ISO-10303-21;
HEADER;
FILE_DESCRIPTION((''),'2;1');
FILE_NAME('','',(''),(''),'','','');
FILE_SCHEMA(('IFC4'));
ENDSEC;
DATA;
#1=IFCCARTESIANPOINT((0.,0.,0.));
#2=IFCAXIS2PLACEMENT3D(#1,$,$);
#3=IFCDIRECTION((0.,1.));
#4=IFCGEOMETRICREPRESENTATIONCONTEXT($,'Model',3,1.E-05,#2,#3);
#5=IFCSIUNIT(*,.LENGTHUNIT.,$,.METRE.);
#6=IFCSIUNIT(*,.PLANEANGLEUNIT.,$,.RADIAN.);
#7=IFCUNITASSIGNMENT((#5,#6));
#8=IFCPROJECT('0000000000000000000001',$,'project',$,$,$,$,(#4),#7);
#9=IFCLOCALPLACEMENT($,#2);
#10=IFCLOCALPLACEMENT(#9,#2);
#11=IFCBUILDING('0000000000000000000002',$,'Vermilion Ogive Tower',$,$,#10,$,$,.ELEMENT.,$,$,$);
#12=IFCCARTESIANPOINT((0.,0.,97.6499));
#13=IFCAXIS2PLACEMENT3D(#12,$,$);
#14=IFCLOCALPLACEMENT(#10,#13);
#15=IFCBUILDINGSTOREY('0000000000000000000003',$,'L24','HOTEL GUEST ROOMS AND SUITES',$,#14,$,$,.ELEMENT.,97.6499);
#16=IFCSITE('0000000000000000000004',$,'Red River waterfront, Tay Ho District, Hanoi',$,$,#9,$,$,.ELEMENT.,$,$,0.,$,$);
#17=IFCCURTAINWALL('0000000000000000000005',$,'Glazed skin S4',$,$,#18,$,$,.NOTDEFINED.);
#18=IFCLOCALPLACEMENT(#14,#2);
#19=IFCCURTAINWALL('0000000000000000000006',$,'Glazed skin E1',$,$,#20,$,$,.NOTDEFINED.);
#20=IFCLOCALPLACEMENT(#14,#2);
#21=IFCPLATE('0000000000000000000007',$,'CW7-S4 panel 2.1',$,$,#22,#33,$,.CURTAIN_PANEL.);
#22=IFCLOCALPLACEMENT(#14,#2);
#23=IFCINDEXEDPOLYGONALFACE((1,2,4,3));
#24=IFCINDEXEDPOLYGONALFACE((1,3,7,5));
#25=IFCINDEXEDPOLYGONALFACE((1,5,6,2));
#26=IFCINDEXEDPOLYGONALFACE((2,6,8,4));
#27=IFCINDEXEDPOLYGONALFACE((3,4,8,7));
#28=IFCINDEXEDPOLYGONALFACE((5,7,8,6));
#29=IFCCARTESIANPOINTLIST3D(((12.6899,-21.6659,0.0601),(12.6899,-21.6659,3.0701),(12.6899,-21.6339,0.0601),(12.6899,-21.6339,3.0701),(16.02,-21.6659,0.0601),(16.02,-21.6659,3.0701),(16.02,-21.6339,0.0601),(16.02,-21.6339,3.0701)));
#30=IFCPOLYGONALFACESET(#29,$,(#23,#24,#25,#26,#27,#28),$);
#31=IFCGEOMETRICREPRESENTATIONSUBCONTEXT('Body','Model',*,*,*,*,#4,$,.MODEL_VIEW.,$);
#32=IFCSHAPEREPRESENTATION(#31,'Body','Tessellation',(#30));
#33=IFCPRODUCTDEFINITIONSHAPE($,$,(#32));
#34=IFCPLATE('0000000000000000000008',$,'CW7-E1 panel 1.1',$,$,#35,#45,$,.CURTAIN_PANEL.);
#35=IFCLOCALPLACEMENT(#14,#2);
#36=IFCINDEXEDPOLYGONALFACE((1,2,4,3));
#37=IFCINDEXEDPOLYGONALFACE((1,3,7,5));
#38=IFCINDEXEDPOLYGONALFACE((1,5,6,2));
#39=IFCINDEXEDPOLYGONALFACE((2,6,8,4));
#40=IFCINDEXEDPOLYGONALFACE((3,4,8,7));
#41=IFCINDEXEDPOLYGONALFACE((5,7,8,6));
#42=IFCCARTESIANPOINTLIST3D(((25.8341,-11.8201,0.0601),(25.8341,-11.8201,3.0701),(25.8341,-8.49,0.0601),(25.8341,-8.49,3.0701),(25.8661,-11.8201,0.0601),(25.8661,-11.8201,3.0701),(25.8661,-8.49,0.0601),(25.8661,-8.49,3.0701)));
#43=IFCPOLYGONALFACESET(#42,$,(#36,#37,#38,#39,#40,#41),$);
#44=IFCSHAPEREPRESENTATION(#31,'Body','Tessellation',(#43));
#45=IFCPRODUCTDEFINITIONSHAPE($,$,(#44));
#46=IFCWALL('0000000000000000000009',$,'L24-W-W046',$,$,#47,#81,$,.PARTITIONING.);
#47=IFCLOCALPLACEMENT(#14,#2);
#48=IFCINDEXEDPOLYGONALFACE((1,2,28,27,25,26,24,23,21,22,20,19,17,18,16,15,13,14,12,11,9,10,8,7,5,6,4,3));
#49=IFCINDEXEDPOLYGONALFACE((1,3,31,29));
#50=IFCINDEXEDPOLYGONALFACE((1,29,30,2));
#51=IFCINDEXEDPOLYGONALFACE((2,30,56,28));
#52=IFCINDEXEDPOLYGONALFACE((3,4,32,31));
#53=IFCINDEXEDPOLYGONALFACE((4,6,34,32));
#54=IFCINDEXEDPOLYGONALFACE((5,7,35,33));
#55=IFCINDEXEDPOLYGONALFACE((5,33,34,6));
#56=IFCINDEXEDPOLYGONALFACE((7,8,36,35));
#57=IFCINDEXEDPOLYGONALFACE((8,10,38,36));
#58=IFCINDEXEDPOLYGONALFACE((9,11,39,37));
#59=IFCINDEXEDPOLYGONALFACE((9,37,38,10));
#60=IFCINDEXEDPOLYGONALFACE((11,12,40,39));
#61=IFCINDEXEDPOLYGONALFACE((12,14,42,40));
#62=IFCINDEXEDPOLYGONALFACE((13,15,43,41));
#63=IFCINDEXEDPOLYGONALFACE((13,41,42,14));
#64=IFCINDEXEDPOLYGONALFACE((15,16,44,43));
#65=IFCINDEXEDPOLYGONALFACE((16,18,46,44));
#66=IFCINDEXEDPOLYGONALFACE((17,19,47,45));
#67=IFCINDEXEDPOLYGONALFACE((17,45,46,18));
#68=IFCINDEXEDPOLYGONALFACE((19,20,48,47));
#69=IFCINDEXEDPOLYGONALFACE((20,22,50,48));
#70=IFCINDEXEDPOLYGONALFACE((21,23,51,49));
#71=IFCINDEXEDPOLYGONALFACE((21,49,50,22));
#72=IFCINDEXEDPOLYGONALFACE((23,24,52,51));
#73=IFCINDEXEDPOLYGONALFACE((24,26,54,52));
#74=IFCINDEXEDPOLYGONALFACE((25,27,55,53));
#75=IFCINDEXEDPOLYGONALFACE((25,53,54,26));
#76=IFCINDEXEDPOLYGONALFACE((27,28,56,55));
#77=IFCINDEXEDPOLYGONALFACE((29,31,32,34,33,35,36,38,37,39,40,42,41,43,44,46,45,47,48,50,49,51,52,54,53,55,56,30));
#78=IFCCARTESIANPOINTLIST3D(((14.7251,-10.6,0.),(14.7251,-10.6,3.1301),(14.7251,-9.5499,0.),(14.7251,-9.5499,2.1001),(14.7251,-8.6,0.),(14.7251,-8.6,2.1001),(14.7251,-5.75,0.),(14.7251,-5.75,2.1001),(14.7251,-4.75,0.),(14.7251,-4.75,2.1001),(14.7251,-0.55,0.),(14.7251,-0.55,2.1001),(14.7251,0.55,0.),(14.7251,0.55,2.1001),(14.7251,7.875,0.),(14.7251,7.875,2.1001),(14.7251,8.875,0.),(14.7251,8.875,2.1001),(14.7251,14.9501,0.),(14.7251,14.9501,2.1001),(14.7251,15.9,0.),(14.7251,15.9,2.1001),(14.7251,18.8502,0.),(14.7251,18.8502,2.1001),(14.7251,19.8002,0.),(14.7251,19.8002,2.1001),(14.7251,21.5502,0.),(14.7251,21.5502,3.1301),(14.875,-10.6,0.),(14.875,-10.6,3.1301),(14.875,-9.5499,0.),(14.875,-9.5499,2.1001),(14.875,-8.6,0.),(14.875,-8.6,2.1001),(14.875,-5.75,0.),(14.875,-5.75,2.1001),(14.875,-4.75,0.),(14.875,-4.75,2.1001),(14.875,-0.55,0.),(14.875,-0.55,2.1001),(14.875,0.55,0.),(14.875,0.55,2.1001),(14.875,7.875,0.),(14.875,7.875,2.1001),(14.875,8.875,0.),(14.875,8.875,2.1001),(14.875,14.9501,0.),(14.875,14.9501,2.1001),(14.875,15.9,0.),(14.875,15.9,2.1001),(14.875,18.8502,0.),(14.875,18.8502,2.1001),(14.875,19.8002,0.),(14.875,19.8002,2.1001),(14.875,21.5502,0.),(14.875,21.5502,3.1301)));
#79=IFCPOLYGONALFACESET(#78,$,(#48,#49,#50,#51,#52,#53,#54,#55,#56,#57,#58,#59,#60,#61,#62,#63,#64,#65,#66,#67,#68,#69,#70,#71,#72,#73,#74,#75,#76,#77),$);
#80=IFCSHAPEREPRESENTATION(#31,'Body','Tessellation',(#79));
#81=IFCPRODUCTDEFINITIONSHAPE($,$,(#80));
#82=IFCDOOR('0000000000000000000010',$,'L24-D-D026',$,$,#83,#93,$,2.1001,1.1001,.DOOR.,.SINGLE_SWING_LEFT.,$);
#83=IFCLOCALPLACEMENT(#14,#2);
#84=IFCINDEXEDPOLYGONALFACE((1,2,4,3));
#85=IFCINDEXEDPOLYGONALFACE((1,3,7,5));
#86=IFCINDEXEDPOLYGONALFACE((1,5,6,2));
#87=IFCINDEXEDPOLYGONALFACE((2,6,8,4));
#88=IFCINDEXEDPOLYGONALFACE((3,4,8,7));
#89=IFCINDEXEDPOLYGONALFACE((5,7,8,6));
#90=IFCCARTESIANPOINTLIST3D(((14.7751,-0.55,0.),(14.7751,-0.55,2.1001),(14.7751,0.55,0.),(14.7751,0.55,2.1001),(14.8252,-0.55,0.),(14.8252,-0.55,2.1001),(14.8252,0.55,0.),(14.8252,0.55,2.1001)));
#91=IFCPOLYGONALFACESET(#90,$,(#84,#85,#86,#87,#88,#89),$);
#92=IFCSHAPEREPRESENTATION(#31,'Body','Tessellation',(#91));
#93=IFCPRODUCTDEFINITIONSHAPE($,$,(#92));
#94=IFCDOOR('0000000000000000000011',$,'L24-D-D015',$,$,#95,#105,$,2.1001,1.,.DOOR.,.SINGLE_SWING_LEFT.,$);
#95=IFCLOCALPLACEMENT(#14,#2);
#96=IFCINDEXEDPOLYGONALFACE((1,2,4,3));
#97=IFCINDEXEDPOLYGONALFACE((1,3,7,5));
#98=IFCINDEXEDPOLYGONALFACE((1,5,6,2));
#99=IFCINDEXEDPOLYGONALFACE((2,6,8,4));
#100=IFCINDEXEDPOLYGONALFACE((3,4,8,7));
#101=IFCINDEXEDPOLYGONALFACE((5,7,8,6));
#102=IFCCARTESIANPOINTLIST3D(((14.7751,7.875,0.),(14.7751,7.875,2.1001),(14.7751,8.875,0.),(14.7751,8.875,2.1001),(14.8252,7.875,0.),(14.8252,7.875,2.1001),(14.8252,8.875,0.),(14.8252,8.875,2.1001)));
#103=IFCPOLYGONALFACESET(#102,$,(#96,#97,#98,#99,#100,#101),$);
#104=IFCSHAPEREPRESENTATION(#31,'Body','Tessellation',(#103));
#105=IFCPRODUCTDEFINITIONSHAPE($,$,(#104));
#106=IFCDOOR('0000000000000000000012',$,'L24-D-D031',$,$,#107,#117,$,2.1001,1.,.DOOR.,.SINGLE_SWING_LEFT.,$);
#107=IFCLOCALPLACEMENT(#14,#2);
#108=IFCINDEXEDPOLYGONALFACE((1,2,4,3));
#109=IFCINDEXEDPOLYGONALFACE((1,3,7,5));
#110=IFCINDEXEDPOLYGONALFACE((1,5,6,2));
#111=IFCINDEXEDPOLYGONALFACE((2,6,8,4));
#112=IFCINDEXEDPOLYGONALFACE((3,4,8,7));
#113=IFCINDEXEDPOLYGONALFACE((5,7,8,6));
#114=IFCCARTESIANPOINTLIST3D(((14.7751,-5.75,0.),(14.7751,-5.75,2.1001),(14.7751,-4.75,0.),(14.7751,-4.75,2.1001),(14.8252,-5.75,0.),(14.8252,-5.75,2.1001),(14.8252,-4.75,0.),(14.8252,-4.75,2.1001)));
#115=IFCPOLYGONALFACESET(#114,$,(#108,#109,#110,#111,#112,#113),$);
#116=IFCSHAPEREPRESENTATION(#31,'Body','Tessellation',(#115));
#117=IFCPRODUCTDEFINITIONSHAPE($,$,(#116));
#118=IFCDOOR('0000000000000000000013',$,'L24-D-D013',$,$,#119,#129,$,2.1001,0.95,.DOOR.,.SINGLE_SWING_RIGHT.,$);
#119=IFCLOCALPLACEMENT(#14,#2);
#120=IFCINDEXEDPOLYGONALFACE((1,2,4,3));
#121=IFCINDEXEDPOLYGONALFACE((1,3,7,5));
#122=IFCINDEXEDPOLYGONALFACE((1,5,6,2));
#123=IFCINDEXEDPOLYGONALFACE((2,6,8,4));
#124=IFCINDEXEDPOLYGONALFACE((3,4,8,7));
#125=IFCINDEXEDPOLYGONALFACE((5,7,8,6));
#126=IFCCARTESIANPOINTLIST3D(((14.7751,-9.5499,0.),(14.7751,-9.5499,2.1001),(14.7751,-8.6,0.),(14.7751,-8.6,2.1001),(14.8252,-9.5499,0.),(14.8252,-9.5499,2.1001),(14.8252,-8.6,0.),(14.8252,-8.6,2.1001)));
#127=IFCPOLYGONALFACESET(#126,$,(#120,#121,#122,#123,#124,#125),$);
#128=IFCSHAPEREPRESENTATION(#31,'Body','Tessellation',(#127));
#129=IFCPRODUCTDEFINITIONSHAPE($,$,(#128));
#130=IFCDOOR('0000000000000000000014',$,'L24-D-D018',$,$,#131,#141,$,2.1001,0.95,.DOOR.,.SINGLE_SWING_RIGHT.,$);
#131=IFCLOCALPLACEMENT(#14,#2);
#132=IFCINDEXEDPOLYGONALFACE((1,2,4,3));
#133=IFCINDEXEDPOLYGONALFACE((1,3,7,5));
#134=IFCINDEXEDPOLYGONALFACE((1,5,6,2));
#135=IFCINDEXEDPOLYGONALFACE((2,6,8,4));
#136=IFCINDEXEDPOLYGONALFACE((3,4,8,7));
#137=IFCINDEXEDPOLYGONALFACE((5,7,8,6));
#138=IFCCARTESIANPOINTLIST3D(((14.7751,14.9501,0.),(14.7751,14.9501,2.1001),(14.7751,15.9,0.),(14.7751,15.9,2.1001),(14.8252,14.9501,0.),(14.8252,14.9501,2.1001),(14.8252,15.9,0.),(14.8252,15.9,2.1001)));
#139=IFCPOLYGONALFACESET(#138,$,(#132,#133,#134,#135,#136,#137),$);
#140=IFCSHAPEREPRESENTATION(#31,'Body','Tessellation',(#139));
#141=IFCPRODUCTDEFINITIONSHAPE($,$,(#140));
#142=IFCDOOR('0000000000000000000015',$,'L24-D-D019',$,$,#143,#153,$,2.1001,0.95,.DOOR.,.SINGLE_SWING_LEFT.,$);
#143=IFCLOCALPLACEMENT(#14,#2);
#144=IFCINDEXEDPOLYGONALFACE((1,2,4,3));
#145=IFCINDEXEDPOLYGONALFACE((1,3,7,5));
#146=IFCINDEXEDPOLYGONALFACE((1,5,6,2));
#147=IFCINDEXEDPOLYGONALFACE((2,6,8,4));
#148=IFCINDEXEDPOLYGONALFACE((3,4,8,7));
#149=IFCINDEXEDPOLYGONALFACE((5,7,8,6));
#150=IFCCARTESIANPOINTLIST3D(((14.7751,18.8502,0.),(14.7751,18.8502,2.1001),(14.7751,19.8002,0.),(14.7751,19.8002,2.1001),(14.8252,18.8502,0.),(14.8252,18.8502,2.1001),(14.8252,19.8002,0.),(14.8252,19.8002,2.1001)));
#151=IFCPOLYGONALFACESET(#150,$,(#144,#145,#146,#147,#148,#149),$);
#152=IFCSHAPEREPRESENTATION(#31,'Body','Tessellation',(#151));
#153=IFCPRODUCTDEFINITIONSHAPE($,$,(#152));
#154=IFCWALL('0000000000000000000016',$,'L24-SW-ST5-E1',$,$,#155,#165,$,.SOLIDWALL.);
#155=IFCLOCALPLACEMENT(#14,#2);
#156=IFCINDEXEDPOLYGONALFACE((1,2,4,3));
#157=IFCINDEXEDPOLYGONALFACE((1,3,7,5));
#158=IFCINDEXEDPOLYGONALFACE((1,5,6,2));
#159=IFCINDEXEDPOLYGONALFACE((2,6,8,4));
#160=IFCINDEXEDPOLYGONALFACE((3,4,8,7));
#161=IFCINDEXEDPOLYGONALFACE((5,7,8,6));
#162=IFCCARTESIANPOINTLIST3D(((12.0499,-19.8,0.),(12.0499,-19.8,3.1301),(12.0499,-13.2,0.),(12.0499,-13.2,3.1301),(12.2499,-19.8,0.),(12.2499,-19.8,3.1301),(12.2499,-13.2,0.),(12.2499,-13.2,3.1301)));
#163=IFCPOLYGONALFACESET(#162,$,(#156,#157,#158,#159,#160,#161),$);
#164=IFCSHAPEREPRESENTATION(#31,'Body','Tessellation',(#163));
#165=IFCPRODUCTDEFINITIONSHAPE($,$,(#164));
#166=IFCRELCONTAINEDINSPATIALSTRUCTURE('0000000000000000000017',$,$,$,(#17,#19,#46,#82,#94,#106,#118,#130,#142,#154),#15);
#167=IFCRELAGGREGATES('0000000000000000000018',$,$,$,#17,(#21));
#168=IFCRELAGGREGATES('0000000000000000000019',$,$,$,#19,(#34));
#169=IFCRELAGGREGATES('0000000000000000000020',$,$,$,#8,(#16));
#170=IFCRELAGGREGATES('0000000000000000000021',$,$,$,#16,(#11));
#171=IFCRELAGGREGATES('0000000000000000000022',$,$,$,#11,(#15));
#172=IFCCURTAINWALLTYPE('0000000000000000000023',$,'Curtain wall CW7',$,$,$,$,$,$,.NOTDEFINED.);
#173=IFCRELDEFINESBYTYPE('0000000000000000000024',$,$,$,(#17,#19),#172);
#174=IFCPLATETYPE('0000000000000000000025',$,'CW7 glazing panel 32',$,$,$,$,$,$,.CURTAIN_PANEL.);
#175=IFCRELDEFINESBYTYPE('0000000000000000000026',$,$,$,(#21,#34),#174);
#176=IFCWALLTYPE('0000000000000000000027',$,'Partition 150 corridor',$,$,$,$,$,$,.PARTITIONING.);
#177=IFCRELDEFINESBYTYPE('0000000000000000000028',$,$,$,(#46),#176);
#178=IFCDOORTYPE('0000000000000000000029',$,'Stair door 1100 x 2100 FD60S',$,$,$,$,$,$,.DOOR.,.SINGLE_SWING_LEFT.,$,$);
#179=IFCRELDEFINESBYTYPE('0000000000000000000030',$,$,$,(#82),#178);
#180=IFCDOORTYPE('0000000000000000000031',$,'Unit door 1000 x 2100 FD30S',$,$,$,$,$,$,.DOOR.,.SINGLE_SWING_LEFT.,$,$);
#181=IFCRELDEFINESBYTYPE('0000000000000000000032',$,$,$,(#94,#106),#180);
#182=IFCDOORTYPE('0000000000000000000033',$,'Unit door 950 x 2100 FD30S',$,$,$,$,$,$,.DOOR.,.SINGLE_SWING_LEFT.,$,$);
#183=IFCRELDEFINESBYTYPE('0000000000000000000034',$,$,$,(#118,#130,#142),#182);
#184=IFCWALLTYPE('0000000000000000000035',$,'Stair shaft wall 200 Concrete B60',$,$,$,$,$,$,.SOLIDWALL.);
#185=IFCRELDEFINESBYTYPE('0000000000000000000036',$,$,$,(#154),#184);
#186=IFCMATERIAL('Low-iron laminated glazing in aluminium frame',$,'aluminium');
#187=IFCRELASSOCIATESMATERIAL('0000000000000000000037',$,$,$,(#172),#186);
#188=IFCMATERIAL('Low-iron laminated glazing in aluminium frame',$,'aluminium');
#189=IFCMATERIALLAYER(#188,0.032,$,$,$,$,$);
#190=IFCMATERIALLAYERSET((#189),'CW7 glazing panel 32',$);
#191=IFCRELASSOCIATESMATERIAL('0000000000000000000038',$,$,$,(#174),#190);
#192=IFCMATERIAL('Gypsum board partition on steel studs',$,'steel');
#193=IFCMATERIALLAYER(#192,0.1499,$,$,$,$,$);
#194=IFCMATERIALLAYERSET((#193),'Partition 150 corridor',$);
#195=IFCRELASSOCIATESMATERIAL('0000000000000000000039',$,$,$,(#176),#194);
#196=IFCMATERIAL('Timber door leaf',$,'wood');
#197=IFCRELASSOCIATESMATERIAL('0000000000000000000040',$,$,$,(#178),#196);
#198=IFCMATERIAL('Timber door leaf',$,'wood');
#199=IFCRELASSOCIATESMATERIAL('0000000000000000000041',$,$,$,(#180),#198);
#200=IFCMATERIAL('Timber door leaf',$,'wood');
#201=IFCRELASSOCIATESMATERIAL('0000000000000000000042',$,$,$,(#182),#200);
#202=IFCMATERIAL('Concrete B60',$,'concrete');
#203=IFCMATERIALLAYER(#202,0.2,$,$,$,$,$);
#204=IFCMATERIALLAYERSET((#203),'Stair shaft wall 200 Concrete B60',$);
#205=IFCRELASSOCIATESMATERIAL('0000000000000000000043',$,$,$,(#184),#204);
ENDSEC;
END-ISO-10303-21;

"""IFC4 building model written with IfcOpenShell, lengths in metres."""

from ifc_helpers import new_model, si_unit, direction, frame, frame_2d, origin, origin_2d, place, context, subcontext, project, spatial, rectangle, extrude, material, layer, layer_set, type_object, element, fill, aggregate, save


model = new_model("IFC4")

# Units and contexts
model_context = context("Model", 3, precision=1e-05, world=origin(), true_north=direction((0.0, 1.0)))
body_context = subcontext(model_context, "Body", "Model", "MODEL_VIEW")
ifc_project = project(units=[si_unit("LENGTHUNIT", "METRE"), si_unit("PLANEANGLEUNIT", "RADIAN")], contexts=[model_context])

# Site, building, storey
site_placement = place(None, origin())
site = spatial("IfcSite", under=ifc_project, at=site_placement, Name="Red River waterfront, Tay Ho District, Hanoi", CompositionType="ELEMENT", RefElevation=0.0)
building_placement = place(site_placement, origin())
building = spatial("IfcBuilding", under=site, at=building_placement, Name="Vermilion Ogive Tower", CompositionType="ELEMENT")
storey_placement = place(building_placement, frame((0.0, 0.0, 97.6499)))
storey = spatial("IfcBuildingStorey", under=building, at=storey_placement, Name="L24", Description="HOTEL GUEST ROOMS AND SUITES", CompositionType="ELEMENT", Elevation=97.6499)

# Curtain wall
ifc_material_1 = material(Name="Low-iron laminated glazing in aluminium frame", Category="aluminium")
curtain_wall_type = type_object("IfcCurtainWallType", Name="Curtain wall CW7", PredefinedType="NOTDEFINED", material=ifc_material_1)
curtain_wall_1_placement = place(storey_placement, origin())
curtain_wall_1 = element("IfcCurtainWall", 1, at=curtain_wall_1_placement, inside=storey, type_object=curtain_wall_type, Name="Glazed skin S4", PredefinedType="NOTDEFINED")

# Curtain wall
curtain_wall_2_placement = place(storey_placement, origin())
curtain_wall_2 = element("IfcCurtainWall", 2, at=curtain_wall_2_placement, inside=storey, type_object=curtain_wall_type, Name="Glazed skin E1", PredefinedType="NOTDEFINED")

# Plates
ifc_material_2 = material(Name="Low-iron laminated glazing in aluminium frame", Category="aluminium")
ifc_layer_1 = layer(ifc_material_2, 0.032)
ifc_layer_set_1 = layer_set([ifc_layer_1], Name="CW7 glazing panel 32")
plate_type = type_object("IfcPlateType", Name="CW7 glazing panel 32", PredefinedType="CURTAIN_PANEL", material=ifc_layer_set_1)
plate_1_placement = place(storey_placement, frame((14.355, -21.6499, 0.0601), z_axis=(0.0, 0.0, 1.0), x_axis=(1.0, 0.0, 0.0)))
plate_1 = element("IfcPlate", 3, at=plate_1_placement, type_object=plate_type, Name="CW7-S4 panel 2.1", PredefinedType="CURTAIN_PANEL", context=body_context, shape_type="SweptSolid", body=[
    extrude(rectangle(XDim=3.3301, YDim=0.032, at=origin_2d()), origin(), (0.0, 0.0, 1.0), 3.01),
])
aggregate(curtain_wall_1, [plate_1])
plate_2_placement = place(storey_placement, frame((25.8501, -10.155, 0.0601), z_axis=(0.0, 0.0, 1.0), x_axis=(0.0, 1.0, 0.0)))
plate_2 = element("IfcPlate", 4, at=plate_2_placement, type_object=plate_type, Name="CW7-E1 panel 1.1", PredefinedType="CURTAIN_PANEL", context=body_context, shape_type="SweptSolid", body=[
    extrude(rectangle(XDim=3.3301, YDim=0.032, at=origin_2d()), origin(), (0.0, 0.0, 1.0), 3.01),
])
aggregate(curtain_wall_2, [plate_2])

# Wall, openings, doors
ifc_material_3 = material(Name="Gypsum board partition on steel studs", Category="steel")
ifc_layer_2 = layer(ifc_material_3, 0.1499)
ifc_layer_set_2 = layer_set([ifc_layer_2], Name="Partition 150 corridor")
wall_type_1 = type_object("IfcWallType", Name="Partition 150 corridor", PredefinedType="PARTITIONING", material=ifc_layer_set_2)
wall_1_placement = place(storey_placement, frame((14.8, -10.6001, 0.0), z_axis=(0.0, 0.0, 1.0), x_axis=(0.0, 1.0, 0.0)))
wall_1 = element("IfcWall", 5, at=wall_1_placement, inside=storey, type_object=wall_type_1, Name="L24-W-W046", PredefinedType="PARTITIONING", context=body_context, shape_type="SweptSolid", body=[
    extrude(rectangle(XDim=32.1501, YDim=0.1499, at=frame_2d((16.0752, 0.0))), origin(), (0.0, 0.0, 1.0), 3.1301),
])
opening_1_placement = place(wall_1_placement, frame((1.05, 0.0, 0.0)))
opening_1 = element("IfcOpeningElement", 6, at=opening_1_placement, cuts=wall_1, PredefinedType="OPENING", context=body_context, shape_type="SweptSolid", body=[
    extrude(rectangle(XDim=0.95, YDim=2.1001, at=frame_2d((0.4751, 1.05))), frame((0.0, 0.085, 0.0), z_axis=(0.0, -1.0, 0.0), x_axis=(1.0, 0.0, 0.0)), (0.0, 0.0, 1.0), 0.1699),
])
opening_2_placement = place(wall_1_placement, frame((18.4751, 0.0, 0.0)))
opening_2 = element("IfcOpeningElement", 7, at=opening_2_placement, cuts=wall_1, PredefinedType="OPENING", context=body_context, shape_type="SweptSolid", body=[
    extrude(rectangle(XDim=1.0, YDim=2.1001, at=frame_2d((0.5, 1.05))), frame((0.0, 0.085, 0.0), z_axis=(0.0, -1.0, 0.0), x_axis=(1.0, 0.0, 0.0)), (0.0, 0.0, 1.0), 0.1699),
])
opening_3_placement = place(wall_1_placement, frame((25.55, 0.0, 0.0)))
opening_3 = element("IfcOpeningElement", 8, at=opening_3_placement, cuts=wall_1, PredefinedType="OPENING", context=body_context, shape_type="SweptSolid", body=[
    extrude(rectangle(XDim=0.95, YDim=2.1001, at=frame_2d((0.4751, 1.05))), frame((0.0, 0.085, 0.0), z_axis=(0.0, -1.0, 0.0), x_axis=(1.0, 0.0, 0.0)), (0.0, 0.0, 1.0), 0.1699),
])
opening_4_placement = place(wall_1_placement, frame((29.4502, 0.0, 0.0)))
opening_4 = element("IfcOpeningElement", 9, at=opening_4_placement, cuts=wall_1, PredefinedType="OPENING", context=body_context, shape_type="SweptSolid", body=[
    extrude(rectangle(XDim=0.95, YDim=2.1001, at=frame_2d((0.4751, 1.05))), frame((0.0, 0.085, 0.0), z_axis=(0.0, -1.0, 0.0), x_axis=(1.0, 0.0, 0.0)), (0.0, 0.0, 1.0), 0.1699),
])
opening_5_placement = place(wall_1_placement, frame((10.05, 0.0, 0.0)))
opening_5 = element("IfcOpeningElement", 10, at=opening_5_placement, cuts=wall_1, PredefinedType="OPENING", context=body_context, shape_type="SweptSolid", body=[
    extrude(rectangle(XDim=1.1001, YDim=2.1001, at=frame_2d((0.55, 1.05))), frame((0.0, 0.085, 0.0), z_axis=(0.0, -1.0, 0.0), x_axis=(1.0, 0.0, 0.0)), (0.0, 0.0, 1.0), 0.1699),
])
opening_6_placement = place(wall_1_placement, frame((4.8501, 0.0, 0.0)))
opening_6 = element("IfcOpeningElement", 11, at=opening_6_placement, cuts=wall_1, PredefinedType="OPENING", context=body_context, shape_type="SweptSolid", body=[
    extrude(rectangle(XDim=1.0, YDim=2.1001, at=frame_2d((0.5, 1.05))), frame((0.0, 0.085, 0.0), z_axis=(0.0, -1.0, 0.0), x_axis=(1.0, 0.0, 0.0)), (0.0, 0.0, 1.0), 0.1699),
])
ifc_material_4 = material(Name="Timber door leaf", Category="wood")
door_type_1 = type_object("IfcDoorType", Name="Stair door 1100 x 2100 FD60S", OperationType="SINGLE_SWING_LEFT", PredefinedType="DOOR", material=ifc_material_4)
door_1_placement = place(opening_5_placement, origin())
door_1 = element("IfcDoor", 12, at=door_1_placement, inside=storey, type_object=door_type_1, Name="L24-D-D026", OperationType="SINGLE_SWING_LEFT", OverallHeight=2.1001, OverallWidth=1.1001, PredefinedType="DOOR", context=body_context, shape_type="SweptSolid", body=[
    extrude(rectangle(XDim=1.1001, YDim=2.1001, at=frame_2d((0.55, 1.05))), frame((0.0, 0.0249, 0.0), z_axis=(0.0, -1.0, 0.0), x_axis=(1.0, 0.0, 0.0)), (0.0, 0.0, 1.0), 0.05),
])
fill(opening_5, door_1)
ifc_material_5 = material(Name="Timber door leaf", Category="wood")
door_type_2 = type_object("IfcDoorType", Name="Unit door 1000 x 2100 FD30S", OperationType="SINGLE_SWING_LEFT", PredefinedType="DOOR", material=ifc_material_5)
door_2_placement = place(opening_2_placement, origin())
door_2 = element("IfcDoor", 13, at=door_2_placement, inside=storey, type_object=door_type_2, Name="L24-D-D015", OperationType="SINGLE_SWING_LEFT", OverallHeight=2.1001, OverallWidth=1.0, PredefinedType="DOOR", context=body_context, shape_type="SweptSolid", body=[
    extrude(rectangle(XDim=1.0, YDim=2.1001, at=frame_2d((0.5, 1.05))), frame((0.0, 0.0249, 0.0), z_axis=(0.0, -1.0, 0.0), x_axis=(1.0, 0.0, 0.0)), (0.0, 0.0, 1.0), 0.05),
])
fill(opening_2, door_2)
door_3_placement = place(opening_6_placement, origin())
door_3 = element("IfcDoor", 14, at=door_3_placement, inside=storey, type_object=door_type_2, Name="L24-D-D031", OperationType="SINGLE_SWING_LEFT", OverallHeight=2.1001, OverallWidth=1.0, PredefinedType="DOOR", context=body_context, shape_type="SweptSolid", body=[
    extrude(rectangle(XDim=1.0, YDim=2.1001, at=frame_2d((0.5, 1.05))), frame((0.0, 0.0249, 0.0), z_axis=(0.0, -1.0, 0.0), x_axis=(1.0, 0.0, 0.0)), (0.0, 0.0, 1.0), 0.05),
])
fill(opening_6, door_3)
ifc_material_6 = material(Name="Timber door leaf", Category="wood")
door_type_3 = type_object("IfcDoorType", Name="Unit door 950 x 2100 FD30S", OperationType="SINGLE_SWING_LEFT", PredefinedType="DOOR", material=ifc_material_6)
door_4_placement = place(opening_1_placement, origin())
door_4 = element("IfcDoor", 15, at=door_4_placement, inside=storey, type_object=door_type_3, Name="L24-D-D013", OperationType="SINGLE_SWING_RIGHT", OverallHeight=2.1001, OverallWidth=0.95, PredefinedType="DOOR", context=body_context, shape_type="SweptSolid", body=[
    extrude(rectangle(XDim=0.95, YDim=2.1001, at=frame_2d((0.4751, 1.05))), frame((0.0, 0.0249, 0.0), z_axis=(0.0, -1.0, 0.0), x_axis=(1.0, 0.0, 0.0)), (0.0, 0.0, 1.0), 0.05),
])
fill(opening_1, door_4)
door_5_placement = place(opening_3_placement, origin())
door_5 = element("IfcDoor", 16, at=door_5_placement, inside=storey, type_object=door_type_3, Name="L24-D-D018", OperationType="SINGLE_SWING_RIGHT", OverallHeight=2.1001, OverallWidth=0.95, PredefinedType="DOOR", context=body_context, shape_type="SweptSolid", body=[
    extrude(rectangle(XDim=0.95, YDim=2.1001, at=frame_2d((0.4751, 1.05))), frame((0.0, 0.0249, 0.0), z_axis=(0.0, -1.0, 0.0), x_axis=(1.0, 0.0, 0.0)), (0.0, 0.0, 1.0), 0.05),
])
fill(opening_3, door_5)
door_6_placement = place(opening_4_placement, origin())
door_6 = element("IfcDoor", 17, at=door_6_placement, inside=storey, type_object=door_type_3, Name="L24-D-D019", OperationType="SINGLE_SWING_LEFT", OverallHeight=2.1001, OverallWidth=0.95, PredefinedType="DOOR", context=body_context, shape_type="SweptSolid", body=[
    extrude(rectangle(XDim=0.95, YDim=2.1001, at=frame_2d((0.4751, 1.05))), frame((0.0, 0.0249, 0.0), z_axis=(0.0, -1.0, 0.0), x_axis=(1.0, 0.0, 0.0)), (0.0, 0.0, 1.0), 0.05),
])
fill(opening_4, door_6)

# Wall
ifc_material_7 = material(Name="Concrete B60", Category="concrete")
ifc_layer_3 = layer(ifc_material_7, 0.2)
ifc_layer_set_3 = layer_set([ifc_layer_3], Name="Stair shaft wall 200 Concrete B60")
wall_type_2 = type_object("IfcWallType", Name="Stair shaft wall 200 Concrete B60", PredefinedType="SOLIDWALL", material=ifc_layer_set_3)
wall_2_placement = place(storey_placement, frame((12.1499, -19.8, 0.0), z_axis=(0.0, 0.0, 1.0), x_axis=(0.0, 1.0, 0.0)))
element("IfcWall", 18, at=wall_2_placement, inside=storey, type_object=wall_type_2, Name="L24-SW-ST5-E1", PredefinedType="SOLIDWALL", context=body_context, shape_type="SweptSolid", body=[
    extrude(rectangle(XDim=6.6001, YDim=0.2, at=frame_2d((3.3, 0.0))), origin(), (0.0, 0.0, 1.0), 3.1301),
])

save(model, "model.ifc")
